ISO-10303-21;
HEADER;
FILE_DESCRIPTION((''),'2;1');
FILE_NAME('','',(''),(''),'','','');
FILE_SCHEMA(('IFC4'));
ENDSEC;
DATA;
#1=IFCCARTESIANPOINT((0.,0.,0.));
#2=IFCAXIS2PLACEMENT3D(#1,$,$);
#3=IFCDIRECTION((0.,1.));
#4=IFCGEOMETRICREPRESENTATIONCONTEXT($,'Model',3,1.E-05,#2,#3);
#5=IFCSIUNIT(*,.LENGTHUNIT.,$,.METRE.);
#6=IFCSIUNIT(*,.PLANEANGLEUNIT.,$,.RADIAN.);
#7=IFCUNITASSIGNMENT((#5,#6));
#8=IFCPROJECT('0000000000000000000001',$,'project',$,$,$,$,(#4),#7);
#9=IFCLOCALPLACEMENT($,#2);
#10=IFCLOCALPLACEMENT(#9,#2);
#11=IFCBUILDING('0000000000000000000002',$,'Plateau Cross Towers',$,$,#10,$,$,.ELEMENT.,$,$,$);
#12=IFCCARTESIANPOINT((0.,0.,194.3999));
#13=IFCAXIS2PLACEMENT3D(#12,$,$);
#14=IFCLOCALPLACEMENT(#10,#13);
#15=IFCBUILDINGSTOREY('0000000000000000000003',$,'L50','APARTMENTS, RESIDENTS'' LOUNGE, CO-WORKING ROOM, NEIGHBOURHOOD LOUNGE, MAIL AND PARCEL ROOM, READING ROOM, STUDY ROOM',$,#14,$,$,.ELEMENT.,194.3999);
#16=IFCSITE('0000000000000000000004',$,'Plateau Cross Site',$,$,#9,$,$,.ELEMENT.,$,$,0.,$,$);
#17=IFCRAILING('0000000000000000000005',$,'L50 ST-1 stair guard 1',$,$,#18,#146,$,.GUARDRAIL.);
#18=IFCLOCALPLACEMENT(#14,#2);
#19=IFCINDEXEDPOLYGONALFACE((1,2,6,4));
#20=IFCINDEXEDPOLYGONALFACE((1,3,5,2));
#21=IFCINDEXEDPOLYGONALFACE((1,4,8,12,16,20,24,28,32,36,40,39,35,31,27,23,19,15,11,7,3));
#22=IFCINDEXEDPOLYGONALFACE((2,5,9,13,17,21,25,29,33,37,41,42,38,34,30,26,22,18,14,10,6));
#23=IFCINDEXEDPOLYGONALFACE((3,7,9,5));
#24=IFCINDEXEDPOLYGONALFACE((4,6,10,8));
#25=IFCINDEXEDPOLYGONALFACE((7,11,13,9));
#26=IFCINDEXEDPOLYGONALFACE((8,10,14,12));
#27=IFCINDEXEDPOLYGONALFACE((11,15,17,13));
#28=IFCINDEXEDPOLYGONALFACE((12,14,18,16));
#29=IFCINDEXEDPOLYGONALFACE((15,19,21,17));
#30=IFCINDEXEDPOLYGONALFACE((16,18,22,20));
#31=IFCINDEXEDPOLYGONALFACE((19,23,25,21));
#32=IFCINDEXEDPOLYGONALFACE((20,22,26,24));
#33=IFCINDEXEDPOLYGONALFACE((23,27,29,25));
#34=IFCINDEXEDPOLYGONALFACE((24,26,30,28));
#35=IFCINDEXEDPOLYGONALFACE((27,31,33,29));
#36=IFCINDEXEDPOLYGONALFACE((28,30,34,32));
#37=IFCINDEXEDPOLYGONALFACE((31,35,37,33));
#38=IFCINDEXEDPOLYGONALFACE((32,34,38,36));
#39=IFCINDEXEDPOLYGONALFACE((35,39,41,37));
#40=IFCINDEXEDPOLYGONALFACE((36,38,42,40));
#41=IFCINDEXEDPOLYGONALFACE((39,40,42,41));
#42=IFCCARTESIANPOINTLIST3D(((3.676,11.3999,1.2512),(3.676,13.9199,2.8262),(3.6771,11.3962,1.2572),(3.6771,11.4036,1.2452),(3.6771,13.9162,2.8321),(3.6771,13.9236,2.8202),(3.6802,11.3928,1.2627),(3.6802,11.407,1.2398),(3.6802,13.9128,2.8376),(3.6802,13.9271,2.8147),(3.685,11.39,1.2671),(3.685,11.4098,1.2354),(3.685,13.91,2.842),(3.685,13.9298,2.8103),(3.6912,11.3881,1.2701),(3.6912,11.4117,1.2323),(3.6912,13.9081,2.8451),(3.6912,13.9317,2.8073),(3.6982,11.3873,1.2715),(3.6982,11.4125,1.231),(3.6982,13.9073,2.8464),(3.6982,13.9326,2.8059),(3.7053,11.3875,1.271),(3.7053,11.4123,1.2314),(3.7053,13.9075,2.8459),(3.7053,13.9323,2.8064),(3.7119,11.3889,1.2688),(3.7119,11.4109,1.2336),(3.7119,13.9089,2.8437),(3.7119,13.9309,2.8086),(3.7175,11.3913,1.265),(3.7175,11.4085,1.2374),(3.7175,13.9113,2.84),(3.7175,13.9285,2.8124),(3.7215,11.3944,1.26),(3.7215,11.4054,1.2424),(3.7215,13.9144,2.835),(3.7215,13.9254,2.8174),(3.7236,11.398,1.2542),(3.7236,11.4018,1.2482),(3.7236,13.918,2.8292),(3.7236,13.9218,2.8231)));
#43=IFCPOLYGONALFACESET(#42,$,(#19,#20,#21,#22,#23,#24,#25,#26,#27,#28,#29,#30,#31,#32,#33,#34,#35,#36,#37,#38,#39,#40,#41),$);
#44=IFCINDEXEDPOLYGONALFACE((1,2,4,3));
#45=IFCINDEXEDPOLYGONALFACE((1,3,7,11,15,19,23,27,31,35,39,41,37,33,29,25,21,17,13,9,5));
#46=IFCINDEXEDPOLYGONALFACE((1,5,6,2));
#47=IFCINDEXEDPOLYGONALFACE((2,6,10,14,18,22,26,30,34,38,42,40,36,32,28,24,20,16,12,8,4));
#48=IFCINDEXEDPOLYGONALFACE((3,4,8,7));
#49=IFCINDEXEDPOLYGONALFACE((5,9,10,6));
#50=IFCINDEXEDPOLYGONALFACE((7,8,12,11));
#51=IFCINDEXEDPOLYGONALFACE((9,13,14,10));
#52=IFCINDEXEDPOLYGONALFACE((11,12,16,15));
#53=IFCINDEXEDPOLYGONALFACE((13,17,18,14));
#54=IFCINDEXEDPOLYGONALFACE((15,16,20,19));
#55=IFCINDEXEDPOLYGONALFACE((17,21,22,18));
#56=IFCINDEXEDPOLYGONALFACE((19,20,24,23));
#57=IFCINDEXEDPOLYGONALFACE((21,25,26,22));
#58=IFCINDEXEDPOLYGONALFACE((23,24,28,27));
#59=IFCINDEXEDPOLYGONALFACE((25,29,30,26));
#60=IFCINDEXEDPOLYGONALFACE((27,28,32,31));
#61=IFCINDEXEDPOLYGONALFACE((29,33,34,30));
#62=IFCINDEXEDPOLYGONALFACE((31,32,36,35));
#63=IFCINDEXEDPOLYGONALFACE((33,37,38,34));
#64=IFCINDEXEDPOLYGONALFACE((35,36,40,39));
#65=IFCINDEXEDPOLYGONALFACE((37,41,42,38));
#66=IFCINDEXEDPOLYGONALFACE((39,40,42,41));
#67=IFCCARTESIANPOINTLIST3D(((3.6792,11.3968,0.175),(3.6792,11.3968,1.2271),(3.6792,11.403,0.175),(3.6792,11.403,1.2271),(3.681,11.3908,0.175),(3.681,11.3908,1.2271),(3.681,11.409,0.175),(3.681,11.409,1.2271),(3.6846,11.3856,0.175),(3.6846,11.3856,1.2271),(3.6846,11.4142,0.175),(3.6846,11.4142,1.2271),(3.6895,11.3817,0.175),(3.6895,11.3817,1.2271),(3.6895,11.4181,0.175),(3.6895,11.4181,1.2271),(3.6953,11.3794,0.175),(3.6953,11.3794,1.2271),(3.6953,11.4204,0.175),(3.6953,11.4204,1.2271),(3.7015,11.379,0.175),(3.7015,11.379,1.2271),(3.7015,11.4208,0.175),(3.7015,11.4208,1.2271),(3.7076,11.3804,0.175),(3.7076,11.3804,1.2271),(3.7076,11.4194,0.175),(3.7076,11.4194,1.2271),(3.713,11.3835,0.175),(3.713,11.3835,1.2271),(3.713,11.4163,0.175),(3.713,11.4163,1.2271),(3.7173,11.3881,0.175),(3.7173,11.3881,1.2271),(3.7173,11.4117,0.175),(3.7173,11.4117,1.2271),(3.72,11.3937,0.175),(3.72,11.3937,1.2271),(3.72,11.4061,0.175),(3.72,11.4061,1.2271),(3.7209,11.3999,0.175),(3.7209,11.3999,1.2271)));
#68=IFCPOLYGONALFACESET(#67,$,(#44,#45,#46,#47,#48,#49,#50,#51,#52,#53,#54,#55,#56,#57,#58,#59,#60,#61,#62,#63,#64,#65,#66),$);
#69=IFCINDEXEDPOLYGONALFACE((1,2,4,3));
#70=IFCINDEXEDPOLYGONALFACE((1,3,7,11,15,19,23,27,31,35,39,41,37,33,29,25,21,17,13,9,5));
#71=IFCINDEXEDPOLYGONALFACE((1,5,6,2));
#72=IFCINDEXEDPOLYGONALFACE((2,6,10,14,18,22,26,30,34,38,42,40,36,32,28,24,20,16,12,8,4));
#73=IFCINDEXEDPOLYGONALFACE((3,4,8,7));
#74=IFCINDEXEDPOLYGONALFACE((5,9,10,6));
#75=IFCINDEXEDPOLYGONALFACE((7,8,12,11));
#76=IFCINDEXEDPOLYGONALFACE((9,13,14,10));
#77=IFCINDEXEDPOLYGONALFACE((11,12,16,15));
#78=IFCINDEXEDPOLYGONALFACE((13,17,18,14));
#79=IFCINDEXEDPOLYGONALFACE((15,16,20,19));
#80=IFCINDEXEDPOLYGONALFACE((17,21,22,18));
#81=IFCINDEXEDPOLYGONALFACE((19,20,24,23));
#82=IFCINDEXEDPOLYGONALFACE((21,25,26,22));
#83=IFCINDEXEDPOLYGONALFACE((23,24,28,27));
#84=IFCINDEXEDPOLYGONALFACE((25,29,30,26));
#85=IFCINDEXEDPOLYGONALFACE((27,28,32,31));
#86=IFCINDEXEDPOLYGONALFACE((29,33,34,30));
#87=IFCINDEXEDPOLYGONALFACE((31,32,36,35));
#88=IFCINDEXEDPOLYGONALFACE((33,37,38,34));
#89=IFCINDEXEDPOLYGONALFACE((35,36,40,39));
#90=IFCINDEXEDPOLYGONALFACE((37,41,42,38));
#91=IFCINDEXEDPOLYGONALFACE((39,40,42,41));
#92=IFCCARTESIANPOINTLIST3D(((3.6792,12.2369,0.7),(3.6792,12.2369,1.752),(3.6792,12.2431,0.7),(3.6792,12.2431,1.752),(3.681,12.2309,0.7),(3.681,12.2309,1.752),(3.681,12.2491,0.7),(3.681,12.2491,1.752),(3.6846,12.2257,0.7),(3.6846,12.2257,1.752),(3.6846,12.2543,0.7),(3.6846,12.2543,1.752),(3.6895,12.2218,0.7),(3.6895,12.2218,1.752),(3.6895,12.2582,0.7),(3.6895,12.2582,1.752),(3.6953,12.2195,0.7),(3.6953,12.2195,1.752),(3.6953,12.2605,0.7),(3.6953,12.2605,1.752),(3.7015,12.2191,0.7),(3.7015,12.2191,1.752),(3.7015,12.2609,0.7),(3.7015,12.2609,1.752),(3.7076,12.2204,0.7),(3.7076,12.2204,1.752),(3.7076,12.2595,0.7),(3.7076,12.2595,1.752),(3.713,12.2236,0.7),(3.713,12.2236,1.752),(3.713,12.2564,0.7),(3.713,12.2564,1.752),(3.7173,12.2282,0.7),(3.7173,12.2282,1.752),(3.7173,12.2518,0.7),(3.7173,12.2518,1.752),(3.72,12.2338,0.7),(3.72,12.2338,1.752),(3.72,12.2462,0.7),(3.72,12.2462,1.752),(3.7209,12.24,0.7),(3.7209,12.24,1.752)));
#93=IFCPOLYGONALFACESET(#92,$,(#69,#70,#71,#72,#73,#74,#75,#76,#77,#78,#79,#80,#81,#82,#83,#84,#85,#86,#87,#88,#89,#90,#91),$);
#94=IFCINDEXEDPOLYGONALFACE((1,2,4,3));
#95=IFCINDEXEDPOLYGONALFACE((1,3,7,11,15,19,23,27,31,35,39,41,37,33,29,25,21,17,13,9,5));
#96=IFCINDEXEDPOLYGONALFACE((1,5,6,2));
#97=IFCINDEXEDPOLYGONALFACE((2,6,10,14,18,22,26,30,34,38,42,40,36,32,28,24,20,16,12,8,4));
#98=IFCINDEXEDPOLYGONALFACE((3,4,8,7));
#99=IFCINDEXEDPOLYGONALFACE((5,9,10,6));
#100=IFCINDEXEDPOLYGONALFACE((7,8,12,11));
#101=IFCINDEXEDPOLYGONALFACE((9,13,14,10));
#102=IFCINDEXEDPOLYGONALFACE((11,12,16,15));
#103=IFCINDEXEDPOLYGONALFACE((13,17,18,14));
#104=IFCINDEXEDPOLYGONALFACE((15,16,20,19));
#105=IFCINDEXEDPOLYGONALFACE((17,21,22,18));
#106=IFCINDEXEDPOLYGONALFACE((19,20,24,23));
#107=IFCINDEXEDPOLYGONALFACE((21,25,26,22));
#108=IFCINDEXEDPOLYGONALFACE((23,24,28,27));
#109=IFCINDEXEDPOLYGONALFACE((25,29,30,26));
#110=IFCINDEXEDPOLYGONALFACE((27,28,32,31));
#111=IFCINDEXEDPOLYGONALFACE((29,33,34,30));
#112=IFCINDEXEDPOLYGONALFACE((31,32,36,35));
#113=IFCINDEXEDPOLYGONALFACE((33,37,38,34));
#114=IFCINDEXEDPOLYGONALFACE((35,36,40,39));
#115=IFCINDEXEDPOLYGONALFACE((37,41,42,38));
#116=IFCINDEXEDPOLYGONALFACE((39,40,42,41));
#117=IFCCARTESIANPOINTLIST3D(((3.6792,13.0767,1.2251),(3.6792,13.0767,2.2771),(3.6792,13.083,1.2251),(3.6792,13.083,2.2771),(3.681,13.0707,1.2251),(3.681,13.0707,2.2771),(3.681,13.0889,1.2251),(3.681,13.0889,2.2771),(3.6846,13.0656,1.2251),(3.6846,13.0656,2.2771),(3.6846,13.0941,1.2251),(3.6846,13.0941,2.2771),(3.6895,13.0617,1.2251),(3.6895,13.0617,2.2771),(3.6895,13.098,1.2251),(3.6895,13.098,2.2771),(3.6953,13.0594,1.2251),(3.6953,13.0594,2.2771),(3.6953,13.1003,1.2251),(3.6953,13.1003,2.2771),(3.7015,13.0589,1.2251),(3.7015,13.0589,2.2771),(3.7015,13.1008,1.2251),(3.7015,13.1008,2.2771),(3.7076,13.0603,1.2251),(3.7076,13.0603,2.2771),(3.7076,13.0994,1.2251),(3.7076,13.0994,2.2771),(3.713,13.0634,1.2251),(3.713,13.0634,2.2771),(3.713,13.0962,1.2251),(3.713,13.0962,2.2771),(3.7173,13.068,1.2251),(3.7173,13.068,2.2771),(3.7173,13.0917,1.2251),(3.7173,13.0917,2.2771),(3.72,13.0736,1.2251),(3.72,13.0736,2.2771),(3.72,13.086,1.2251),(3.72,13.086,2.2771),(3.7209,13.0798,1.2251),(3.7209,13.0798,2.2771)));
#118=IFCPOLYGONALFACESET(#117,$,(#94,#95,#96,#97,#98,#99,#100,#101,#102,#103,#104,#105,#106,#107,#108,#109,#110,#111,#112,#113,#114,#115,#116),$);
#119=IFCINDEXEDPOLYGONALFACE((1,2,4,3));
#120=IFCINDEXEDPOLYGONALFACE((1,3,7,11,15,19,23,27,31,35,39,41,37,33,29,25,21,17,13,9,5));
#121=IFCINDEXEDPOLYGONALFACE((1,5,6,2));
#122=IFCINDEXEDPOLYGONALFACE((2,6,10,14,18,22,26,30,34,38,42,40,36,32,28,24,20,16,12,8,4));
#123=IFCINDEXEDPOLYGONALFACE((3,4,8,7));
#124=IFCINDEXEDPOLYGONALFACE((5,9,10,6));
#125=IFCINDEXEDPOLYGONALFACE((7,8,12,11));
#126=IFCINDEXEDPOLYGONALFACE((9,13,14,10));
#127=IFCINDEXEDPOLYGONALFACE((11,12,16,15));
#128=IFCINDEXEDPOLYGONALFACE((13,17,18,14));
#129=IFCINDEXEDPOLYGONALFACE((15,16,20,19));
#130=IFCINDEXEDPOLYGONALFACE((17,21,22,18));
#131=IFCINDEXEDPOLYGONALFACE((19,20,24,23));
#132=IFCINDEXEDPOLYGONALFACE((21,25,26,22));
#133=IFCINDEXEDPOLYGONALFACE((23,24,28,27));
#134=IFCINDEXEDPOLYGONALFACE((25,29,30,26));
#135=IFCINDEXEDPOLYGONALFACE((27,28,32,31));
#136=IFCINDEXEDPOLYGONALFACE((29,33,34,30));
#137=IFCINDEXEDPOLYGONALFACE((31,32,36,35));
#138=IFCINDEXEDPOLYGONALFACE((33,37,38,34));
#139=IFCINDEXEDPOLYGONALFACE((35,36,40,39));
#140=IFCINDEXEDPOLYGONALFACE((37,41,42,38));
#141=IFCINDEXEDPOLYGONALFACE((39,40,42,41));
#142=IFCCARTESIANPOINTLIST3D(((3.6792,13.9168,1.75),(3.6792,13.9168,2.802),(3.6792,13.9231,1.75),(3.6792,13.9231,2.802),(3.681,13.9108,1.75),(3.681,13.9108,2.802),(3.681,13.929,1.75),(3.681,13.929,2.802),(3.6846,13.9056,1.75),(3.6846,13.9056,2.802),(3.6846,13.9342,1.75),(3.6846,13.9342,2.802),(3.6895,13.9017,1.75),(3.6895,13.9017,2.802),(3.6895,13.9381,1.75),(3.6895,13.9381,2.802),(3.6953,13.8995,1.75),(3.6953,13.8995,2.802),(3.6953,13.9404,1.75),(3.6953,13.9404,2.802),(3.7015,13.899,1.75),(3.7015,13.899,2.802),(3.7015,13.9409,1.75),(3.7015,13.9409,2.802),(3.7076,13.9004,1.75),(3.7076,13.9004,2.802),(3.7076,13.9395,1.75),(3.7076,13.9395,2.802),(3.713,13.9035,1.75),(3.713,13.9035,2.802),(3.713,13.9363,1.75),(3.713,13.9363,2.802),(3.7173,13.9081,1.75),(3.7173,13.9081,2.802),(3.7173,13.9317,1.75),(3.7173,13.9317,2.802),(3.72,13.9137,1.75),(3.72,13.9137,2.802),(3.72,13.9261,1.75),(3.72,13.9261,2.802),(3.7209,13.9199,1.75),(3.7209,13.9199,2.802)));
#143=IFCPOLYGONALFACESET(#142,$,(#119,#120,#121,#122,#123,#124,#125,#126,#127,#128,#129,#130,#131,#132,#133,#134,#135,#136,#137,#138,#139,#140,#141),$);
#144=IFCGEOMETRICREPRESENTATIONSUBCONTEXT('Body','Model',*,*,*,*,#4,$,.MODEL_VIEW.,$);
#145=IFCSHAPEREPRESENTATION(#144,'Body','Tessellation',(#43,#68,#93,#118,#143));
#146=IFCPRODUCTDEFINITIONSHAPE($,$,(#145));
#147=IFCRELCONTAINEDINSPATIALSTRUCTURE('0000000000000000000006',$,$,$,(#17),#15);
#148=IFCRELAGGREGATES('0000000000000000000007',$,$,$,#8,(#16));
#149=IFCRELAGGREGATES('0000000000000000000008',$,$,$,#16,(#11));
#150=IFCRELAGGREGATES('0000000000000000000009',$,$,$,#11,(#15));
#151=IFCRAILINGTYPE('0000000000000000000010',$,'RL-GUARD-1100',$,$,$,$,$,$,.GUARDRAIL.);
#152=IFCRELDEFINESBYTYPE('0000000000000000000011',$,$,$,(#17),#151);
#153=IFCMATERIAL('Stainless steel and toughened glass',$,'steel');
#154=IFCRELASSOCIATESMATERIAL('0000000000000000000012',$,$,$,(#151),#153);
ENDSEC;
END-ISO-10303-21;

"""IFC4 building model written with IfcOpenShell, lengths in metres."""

from ifc_helpers import new_model, si_unit, direction, frame, origin, origin_2d, place, context, subcontext, project, spatial, circle, extrude, material, type_object, element, save


model = new_model("IFC4")

# Units and contexts
model_context = context("Model", 3, precision=1e-05, world=origin(), true_north=direction((0.0, 1.0)))
body_context = subcontext(model_context, "Body", "Model", "MODEL_VIEW")
ifc_project = project(units=[si_unit("LENGTHUNIT", "METRE"), si_unit("PLANEANGLEUNIT", "RADIAN")], contexts=[model_context])

# Site, building, storey
site_placement = place(None, origin())
site = spatial("IfcSite", under=ifc_project, at=site_placement, Name="Plateau Cross Site", CompositionType="ELEMENT", RefElevation=0.0)
building_placement = place(site_placement, origin())
building = spatial("IfcBuilding", under=site, at=building_placement, Name="Plateau Cross Towers", CompositionType="ELEMENT")
storey_placement = place(building_placement, frame((0.0, 0.0, 194.3999)))
storey = spatial("IfcBuildingStorey", under=building, at=storey_placement, Name="L50", Description="APARTMENTS, RESIDENTS' LOUNGE, CO-WORKING ROOM, NEIGHBOURHOOD LOUNGE, MAIL AND PARCEL ROOM, READING ROOM, STUDY ROOM", CompositionType="ELEMENT", Elevation=194.3999)

# Railing
ifc_material_1 = material(Name="Stainless steel and toughened glass", Category="steel")
railing_type_1 = type_object("IfcRailingType", Name="RL-GUARD-1100", PredefinedType="GUARDRAIL", material=ifc_material_1)
railing_1_placement = place(storey_placement, frame((3.7, 11.3999, 0.175)))
element("IfcRailing", 1, at=railing_1_placement, inside=storey, type_object=railing_type_1, Name="L50 ST-1 stair guard 1", PredefinedType="GUARDRAIL", context=body_context, shape_type="SweptSolid", body=[
    extrude(circle(Radius=0.0239, at=origin_2d()), frame((0.0, 0.0, 1.0762), z_axis=(0.0, 0.848008, 0.529984), x_axis=(-1.0, 0.0, 0.0)), (0.0, 0.0, 1.0), 2.9717),
    extrude(circle(Radius=0.021, at=origin_2d()), origin(), (0.0, 0.0, 1.0), 1.052),
    extrude(circle(Radius=0.021, at=origin_2d()), frame((0.0, 0.8401, 0.5249)), (0.0, 0.0, 1.0), 1.052),
    extrude(circle(Radius=0.021, at=origin_2d()), frame((0.0, 1.6799, 1.05)), (0.0, 0.0, 1.0), 1.052),
    extrude(circle(Radius=0.021, at=origin_2d()), frame((0.0, 2.52, 1.575)), (0.0, 0.0, 1.0), 1.052),
])

save(model, "model.ifc")
